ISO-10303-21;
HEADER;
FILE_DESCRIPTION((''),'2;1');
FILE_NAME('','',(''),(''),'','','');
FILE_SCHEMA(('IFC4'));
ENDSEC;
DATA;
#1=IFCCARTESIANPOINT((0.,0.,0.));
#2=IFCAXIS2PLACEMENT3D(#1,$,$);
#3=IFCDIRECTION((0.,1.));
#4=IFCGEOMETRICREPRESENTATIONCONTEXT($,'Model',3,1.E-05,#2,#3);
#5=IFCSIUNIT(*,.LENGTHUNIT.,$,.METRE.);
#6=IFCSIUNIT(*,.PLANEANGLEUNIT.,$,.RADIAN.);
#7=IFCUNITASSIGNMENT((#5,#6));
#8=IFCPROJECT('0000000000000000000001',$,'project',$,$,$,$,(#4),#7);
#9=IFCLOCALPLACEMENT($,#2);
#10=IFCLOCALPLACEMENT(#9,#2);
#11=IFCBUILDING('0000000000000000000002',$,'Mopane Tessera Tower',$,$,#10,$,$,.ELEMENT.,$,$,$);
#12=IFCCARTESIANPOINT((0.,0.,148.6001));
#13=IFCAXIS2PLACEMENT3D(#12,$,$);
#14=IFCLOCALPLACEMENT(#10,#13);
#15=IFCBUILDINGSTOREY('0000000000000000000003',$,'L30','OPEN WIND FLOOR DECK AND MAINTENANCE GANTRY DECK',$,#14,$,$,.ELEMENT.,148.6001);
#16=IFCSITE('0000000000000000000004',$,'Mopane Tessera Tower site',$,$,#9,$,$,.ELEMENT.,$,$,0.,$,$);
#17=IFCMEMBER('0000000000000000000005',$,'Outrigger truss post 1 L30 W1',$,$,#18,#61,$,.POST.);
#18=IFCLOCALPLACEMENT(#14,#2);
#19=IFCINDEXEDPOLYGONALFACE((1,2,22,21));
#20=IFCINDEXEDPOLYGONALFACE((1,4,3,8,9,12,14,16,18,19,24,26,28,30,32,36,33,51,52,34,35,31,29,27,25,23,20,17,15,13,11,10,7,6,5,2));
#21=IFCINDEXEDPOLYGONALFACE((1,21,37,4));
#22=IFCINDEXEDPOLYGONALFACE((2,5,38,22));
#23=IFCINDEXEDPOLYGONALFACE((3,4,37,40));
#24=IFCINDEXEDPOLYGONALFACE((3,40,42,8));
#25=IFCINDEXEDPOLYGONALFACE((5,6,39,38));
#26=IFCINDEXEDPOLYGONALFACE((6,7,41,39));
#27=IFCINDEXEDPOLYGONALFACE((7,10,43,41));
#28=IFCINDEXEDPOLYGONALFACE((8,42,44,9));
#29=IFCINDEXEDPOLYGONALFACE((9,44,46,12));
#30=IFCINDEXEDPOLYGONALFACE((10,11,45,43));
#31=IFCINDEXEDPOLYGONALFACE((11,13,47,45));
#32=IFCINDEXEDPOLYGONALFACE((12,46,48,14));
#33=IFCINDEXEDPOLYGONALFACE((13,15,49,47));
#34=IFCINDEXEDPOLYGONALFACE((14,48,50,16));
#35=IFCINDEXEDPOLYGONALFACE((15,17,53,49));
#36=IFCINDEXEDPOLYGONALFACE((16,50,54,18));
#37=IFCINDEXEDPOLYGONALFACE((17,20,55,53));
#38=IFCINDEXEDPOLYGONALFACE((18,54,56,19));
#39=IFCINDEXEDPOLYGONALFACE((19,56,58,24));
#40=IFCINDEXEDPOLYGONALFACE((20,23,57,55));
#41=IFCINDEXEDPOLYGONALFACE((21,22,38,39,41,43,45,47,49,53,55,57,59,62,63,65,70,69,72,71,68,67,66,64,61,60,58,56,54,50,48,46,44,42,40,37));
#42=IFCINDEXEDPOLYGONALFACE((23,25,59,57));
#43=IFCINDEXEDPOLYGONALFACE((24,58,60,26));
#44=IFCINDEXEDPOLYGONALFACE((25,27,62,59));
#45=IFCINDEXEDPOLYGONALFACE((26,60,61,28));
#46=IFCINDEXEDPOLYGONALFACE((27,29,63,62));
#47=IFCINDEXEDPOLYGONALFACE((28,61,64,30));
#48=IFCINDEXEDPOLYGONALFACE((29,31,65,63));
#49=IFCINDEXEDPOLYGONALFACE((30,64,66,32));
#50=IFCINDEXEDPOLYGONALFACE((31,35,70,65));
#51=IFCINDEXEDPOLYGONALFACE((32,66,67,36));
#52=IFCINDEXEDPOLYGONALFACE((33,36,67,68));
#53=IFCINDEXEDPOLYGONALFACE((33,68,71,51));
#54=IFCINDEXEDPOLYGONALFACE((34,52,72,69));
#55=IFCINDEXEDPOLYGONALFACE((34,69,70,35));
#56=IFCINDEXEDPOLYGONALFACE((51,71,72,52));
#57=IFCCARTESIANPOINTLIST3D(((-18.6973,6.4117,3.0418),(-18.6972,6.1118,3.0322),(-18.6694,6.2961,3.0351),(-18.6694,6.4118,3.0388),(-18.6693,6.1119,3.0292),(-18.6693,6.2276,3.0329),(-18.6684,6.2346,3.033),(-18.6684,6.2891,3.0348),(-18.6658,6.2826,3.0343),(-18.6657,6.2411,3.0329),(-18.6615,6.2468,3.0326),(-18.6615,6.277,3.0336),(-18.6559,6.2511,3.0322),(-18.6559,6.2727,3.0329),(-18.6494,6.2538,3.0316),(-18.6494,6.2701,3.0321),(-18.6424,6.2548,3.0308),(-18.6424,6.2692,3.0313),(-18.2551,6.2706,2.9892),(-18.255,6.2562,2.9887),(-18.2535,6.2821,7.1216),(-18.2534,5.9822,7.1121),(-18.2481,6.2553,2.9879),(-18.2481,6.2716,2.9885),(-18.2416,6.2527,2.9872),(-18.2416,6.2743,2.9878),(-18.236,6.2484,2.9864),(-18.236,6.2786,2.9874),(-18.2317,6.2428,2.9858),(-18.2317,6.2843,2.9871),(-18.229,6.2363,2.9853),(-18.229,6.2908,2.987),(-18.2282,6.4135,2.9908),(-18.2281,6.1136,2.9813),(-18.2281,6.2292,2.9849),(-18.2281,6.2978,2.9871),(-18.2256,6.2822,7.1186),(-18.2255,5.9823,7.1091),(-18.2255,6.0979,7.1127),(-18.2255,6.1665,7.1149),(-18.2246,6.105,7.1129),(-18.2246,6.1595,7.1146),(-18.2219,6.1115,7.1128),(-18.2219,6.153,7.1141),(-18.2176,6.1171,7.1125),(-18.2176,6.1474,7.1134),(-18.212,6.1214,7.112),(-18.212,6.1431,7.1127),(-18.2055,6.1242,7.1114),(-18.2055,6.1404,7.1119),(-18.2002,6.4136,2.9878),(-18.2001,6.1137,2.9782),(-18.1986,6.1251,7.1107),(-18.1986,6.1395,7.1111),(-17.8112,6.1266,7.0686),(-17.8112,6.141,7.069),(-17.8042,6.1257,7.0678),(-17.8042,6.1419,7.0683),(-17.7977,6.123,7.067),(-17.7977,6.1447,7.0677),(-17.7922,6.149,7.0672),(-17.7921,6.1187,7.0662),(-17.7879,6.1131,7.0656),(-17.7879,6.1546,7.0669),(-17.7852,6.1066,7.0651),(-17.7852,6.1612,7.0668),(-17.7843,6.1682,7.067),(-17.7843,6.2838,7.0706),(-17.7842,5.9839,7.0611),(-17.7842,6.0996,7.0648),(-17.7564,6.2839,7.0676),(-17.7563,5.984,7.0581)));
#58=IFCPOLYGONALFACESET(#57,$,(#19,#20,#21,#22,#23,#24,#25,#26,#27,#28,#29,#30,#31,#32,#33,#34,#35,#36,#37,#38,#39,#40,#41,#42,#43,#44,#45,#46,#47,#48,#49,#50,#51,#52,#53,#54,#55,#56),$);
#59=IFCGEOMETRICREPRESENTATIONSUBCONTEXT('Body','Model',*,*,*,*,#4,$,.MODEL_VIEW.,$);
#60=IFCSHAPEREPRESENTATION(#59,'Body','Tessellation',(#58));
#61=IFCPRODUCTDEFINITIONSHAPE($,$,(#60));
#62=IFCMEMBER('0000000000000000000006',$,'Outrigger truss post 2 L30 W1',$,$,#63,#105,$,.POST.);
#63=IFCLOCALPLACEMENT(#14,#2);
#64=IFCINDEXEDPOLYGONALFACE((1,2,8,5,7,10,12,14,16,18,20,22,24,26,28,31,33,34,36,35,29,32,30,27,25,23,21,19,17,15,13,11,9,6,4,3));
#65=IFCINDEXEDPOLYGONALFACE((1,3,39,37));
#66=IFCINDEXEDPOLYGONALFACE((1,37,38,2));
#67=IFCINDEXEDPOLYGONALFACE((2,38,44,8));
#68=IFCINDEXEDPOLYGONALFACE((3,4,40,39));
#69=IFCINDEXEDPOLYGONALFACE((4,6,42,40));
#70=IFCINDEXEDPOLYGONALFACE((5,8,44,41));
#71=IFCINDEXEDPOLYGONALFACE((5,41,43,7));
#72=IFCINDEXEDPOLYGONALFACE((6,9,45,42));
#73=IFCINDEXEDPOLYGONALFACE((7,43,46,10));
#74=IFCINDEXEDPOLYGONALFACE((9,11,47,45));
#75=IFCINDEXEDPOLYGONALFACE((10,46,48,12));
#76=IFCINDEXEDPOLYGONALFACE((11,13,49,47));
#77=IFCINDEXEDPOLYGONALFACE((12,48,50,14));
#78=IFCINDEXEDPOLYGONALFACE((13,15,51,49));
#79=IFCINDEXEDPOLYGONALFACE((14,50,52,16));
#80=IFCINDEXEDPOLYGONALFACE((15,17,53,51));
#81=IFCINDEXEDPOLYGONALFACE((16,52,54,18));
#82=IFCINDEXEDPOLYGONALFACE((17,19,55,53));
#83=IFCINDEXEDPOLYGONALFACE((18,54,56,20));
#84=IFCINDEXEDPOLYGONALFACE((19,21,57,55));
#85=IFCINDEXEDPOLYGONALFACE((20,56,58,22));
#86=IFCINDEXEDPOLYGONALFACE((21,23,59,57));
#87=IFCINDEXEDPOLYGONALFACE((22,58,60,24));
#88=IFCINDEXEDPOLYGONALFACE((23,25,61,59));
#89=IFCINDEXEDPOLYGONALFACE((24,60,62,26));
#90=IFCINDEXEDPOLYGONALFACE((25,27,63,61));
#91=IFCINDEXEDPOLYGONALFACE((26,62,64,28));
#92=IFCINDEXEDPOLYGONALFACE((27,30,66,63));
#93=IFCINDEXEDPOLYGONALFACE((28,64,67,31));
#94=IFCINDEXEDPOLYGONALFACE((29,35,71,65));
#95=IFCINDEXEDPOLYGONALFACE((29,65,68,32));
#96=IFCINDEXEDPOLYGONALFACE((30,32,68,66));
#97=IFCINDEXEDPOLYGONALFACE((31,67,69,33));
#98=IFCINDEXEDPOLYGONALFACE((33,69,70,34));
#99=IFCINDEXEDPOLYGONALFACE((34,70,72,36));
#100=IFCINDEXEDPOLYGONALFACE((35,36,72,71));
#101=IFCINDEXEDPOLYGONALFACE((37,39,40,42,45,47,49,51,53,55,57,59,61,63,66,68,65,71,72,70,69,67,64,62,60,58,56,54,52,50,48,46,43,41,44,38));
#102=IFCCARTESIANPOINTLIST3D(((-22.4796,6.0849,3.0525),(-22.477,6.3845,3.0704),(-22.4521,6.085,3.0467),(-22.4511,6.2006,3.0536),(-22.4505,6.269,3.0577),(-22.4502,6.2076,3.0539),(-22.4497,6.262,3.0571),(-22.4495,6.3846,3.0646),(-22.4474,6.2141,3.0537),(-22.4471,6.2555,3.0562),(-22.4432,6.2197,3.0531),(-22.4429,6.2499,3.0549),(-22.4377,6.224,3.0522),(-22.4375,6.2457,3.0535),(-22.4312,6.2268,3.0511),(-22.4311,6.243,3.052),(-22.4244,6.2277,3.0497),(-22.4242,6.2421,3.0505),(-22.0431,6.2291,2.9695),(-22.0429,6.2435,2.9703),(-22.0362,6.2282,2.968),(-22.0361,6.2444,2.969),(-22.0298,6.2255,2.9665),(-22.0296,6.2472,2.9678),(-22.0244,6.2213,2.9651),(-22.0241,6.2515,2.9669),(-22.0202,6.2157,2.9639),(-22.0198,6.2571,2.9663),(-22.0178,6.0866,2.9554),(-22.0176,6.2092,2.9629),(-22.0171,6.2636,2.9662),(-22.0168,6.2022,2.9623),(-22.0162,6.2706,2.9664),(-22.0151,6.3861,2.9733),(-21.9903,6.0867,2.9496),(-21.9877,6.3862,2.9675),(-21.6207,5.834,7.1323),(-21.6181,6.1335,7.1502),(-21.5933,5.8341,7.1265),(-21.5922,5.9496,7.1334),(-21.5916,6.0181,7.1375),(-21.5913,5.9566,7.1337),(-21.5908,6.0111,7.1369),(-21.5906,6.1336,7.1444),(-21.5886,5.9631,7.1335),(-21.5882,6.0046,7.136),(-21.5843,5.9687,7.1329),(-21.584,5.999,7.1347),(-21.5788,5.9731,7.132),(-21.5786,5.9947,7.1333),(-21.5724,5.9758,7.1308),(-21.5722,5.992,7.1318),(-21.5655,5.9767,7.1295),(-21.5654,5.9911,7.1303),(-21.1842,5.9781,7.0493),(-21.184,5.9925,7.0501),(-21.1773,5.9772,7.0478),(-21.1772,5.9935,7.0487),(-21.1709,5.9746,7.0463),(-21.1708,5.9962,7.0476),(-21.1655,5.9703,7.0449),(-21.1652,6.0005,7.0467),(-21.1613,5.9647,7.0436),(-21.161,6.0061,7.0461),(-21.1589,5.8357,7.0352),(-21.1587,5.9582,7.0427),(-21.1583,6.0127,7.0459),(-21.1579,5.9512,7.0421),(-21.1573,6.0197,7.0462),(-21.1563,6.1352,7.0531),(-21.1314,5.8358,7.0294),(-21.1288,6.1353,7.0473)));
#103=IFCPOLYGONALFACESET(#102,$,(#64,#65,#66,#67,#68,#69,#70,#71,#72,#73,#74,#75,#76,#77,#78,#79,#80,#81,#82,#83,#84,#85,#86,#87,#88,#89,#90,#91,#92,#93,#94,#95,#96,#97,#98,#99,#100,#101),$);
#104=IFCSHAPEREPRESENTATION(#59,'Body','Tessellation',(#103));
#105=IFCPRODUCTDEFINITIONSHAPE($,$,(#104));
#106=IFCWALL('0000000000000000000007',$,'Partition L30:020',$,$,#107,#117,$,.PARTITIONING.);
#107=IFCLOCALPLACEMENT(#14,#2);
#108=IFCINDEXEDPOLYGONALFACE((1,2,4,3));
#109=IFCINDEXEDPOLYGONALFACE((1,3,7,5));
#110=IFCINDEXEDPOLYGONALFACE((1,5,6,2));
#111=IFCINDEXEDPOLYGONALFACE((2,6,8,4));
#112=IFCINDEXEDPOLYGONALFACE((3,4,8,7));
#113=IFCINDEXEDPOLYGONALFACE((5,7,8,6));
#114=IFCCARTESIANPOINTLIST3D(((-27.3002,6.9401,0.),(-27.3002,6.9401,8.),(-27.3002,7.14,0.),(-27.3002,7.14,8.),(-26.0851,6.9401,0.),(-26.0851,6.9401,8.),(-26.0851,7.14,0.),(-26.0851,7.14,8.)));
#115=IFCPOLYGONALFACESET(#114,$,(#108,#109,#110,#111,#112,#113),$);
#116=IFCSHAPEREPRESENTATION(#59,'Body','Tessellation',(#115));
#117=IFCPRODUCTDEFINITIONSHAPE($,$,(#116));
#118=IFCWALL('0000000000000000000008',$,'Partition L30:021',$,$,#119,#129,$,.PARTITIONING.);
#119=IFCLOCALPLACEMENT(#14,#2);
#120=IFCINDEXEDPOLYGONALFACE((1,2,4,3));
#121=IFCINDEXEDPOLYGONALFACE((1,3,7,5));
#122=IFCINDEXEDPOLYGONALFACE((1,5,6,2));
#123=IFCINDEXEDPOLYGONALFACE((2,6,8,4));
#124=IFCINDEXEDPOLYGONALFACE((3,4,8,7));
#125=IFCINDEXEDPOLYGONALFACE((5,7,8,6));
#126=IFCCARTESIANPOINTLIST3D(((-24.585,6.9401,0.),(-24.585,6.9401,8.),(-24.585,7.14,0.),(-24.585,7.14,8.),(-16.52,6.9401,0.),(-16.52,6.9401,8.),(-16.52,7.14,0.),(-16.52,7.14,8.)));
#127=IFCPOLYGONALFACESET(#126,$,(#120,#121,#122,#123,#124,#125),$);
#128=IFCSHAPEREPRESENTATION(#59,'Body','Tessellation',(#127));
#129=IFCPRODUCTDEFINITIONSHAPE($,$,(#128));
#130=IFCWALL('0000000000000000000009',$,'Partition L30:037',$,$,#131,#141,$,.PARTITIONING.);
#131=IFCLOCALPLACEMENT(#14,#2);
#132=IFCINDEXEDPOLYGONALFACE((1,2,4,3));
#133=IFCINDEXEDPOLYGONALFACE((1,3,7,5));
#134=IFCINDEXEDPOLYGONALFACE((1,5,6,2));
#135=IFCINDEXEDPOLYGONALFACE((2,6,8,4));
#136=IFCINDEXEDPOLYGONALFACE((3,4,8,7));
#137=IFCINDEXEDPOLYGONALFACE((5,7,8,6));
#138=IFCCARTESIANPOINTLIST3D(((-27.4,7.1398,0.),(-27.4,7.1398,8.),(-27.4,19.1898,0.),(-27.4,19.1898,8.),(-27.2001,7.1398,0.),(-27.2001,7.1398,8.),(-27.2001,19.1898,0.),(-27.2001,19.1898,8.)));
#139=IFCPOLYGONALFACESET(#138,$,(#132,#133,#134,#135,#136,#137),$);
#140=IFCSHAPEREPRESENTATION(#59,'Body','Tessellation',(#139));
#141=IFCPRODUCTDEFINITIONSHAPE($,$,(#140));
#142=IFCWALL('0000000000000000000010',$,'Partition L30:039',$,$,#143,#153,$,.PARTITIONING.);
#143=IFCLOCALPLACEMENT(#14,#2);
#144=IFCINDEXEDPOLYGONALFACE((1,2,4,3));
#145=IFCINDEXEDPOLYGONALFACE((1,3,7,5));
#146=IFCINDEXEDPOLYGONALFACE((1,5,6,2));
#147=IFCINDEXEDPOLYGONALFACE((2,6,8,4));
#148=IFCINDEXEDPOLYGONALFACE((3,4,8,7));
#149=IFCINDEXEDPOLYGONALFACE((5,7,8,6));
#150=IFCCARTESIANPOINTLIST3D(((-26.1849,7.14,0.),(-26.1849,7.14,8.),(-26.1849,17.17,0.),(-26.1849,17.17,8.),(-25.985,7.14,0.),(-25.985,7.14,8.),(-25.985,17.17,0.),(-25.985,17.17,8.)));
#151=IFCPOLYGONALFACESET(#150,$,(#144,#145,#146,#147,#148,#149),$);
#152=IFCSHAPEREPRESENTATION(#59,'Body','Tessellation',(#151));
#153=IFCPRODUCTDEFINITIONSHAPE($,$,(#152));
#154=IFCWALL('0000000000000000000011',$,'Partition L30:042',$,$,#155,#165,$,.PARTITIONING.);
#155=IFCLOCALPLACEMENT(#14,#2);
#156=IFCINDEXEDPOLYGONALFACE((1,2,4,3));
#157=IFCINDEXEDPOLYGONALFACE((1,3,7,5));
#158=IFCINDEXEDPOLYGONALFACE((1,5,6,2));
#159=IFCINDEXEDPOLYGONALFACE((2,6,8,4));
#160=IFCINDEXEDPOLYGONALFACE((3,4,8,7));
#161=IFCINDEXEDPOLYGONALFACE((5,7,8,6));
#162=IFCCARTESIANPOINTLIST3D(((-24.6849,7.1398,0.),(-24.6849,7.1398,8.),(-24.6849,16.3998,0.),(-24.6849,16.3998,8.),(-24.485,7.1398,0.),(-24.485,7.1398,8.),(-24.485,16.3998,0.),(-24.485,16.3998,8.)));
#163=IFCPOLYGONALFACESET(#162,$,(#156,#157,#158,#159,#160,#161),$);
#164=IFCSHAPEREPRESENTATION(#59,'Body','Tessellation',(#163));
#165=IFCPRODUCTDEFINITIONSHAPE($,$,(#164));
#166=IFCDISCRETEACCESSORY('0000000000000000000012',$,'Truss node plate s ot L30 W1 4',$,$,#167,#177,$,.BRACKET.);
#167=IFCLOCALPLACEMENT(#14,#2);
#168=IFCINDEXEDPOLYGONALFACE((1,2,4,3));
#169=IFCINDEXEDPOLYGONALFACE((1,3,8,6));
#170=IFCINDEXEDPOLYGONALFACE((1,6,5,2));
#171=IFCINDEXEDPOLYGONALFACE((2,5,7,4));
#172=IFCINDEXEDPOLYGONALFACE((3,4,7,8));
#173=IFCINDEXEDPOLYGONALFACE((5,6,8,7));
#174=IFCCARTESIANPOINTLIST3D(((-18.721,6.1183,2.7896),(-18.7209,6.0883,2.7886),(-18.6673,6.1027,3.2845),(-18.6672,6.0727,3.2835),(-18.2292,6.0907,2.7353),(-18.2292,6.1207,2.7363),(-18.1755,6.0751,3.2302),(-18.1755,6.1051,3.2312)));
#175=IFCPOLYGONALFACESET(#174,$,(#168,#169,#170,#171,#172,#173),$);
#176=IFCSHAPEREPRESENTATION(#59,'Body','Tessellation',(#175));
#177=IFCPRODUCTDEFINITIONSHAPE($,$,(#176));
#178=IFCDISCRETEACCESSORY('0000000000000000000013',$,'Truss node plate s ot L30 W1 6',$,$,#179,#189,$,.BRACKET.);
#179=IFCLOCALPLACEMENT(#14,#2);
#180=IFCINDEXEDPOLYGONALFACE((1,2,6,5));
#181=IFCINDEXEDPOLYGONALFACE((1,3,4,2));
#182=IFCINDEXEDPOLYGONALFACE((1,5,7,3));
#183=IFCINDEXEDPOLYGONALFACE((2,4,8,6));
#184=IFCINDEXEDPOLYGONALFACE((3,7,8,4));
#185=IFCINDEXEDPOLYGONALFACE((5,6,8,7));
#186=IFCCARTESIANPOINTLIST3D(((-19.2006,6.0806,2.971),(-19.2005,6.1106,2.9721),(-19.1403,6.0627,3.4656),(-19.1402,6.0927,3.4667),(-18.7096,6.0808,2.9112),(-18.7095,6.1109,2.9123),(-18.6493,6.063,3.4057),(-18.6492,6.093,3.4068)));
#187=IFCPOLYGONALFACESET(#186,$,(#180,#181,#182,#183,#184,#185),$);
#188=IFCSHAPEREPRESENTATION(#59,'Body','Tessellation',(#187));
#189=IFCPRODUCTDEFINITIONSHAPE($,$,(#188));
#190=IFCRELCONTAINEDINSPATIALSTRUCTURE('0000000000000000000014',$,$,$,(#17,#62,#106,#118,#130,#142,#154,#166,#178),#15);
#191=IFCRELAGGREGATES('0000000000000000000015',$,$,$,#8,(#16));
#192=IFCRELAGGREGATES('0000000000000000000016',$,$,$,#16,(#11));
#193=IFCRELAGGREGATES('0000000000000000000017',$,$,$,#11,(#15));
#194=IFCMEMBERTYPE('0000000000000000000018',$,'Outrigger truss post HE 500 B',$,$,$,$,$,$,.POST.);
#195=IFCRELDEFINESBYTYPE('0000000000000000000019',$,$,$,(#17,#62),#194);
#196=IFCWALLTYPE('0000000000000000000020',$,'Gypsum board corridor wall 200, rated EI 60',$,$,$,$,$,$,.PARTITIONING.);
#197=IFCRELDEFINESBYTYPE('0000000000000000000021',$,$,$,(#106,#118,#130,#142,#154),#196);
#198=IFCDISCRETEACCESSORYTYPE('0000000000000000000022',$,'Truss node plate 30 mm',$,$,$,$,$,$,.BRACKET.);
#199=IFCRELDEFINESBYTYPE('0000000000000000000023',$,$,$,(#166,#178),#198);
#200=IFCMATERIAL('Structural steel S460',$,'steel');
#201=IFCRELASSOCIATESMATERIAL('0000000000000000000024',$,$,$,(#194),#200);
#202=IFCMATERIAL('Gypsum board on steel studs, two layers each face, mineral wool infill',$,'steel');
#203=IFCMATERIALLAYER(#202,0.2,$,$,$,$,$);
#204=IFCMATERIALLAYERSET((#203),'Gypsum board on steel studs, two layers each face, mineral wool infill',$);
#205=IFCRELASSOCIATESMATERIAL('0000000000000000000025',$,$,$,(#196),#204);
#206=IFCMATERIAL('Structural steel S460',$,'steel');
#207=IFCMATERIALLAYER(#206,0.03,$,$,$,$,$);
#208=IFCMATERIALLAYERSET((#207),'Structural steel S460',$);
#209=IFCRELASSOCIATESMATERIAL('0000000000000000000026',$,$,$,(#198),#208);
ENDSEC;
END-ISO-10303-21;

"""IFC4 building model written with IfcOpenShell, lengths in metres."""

from ifc_helpers import new_model, si_unit, direction, frame, frame_2d, origin, origin_2d, place, context, subcontext, project, spatial, rectangle, i_section, extrude, material, layer, layer_set, material_profile, profile_set, type_object, element, save


model = new_model("IFC4")

# Units and contexts
model_context = context("Model", 3, precision=1e-05, world=origin(), true_north=direction((0.0, 1.0)))
body_context = subcontext(model_context, "Body", "Model", "MODEL_VIEW")
ifc_project = project(units=[si_unit("LENGTHUNIT", "METRE"), si_unit("PLANEANGLEUNIT", "RADIAN")], contexts=[model_context])

# Site, building, storey
site_placement = place(None, origin())
site = spatial("IfcSite", under=ifc_project, at=site_placement, Name="Mopane Tessera Tower site", CompositionType="ELEMENT", RefElevation=0.0)
building_placement = place(site_placement, origin())
building = spatial("IfcBuilding", under=site, at=building_placement, Name="Mopane Tessera Tower", CompositionType="ELEMENT")
storey_placement = place(building_placement, frame((0.0, 0.0, 148.6001)))
storey = spatial("IfcBuildingStorey", under=building, at=storey_placement, Name="L30", Description="OPEN WIND FLOOR DECK AND MAINTENANCE GANTRY DECK", CompositionType="ELEMENT", Elevation=148.6001)

# Members
ifc_material_1 = material(Name="Structural steel S460", Category="steel")
ifc_material_profile_1 = material_profile(ifc_material_1, i_section(OverallWidth=0.3, OverallDepth=0.5, WebThickness=0.0144, FlangeThickness=0.0281, FilletRadius=0.0271, at=origin_2d()))
ifc_profile_set_1 = profile_set([ifc_material_profile_1], Name="Structural steel S460")
member_type_1 = type_object("IfcMemberType", Name="Outrigger truss post HE 500 B", PredefinedType="POST", material=ifc_profile_set_1)
member_1_placement = place(storey_placement, frame((-18.4487, 6.2627, 3.01), z_axis=(0.108099, -0.031573, 0.993639), x_axis=(0.000332, -0.999494, -0.031795)))
element("IfcMember", 1, at=member_1_placement, inside=storey, type_object=member_type_1, Name="Outrigger truss post 1 L30 W1", PredefinedType="POST", context=body_context, shape_type="SweptSolid", body=[
    extrude(i_section(OverallWidth=0.3, OverallDepth=0.5, WebThickness=0.0144, FlangeThickness=0.0281, FilletRadius=0.0271, at=origin_2d()), origin(), (0.0, 0.0, 1.0), 4.106),
])
member_2_placement = place(storey_placement, frame((-22.2336, 6.2356, 3.01), z_axis=(0.205632, -0.060088, 0.976783), x_axis=(-0.008858, -0.998187, -0.05954)))
element("IfcMember", 2, at=member_2_placement, inside=storey, type_object=member_type_1, Name="Outrigger truss post 2 L30 W1", PredefinedType="POST", context=body_context, shape_type="SweptSolid", body=[
    extrude(i_section(OverallWidth=0.3, OverallDepth=0.5, WebThickness=0.0144, FlangeThickness=0.0281, FilletRadius=0.0271, at=origin_2d()), origin(), (0.0, 0.0, 1.0), 4.1768),
])

# Walls
ifc_material_2 = material(Name="Gypsum board on steel studs, two layers each face, mineral wool infill", Category="steel")
ifc_layer_1 = layer(ifc_material_2, 0.2)
ifc_layer_set_1 = layer_set([ifc_layer_1], Name="Gypsum board on steel studs, two layers each face, mineral wool infill")
wall_type = type_object("IfcWallType", Name="Gypsum board corridor wall 200, rated EI 60", PredefinedType="PARTITIONING", material=ifc_layer_set_1)
wall_1_placement = place(storey_placement, frame((-27.3, 7.04, 0.0), z_axis=(0.0, 0.0, 1.0), x_axis=(1.0, 0.0, 0.0)))
element("IfcWall", 3, at=wall_1_placement, inside=storey, type_object=wall_type, Name="Partition L30:020", PredefinedType="PARTITIONING", context=body_context, shape_type="SweptSolid", body=[
    extrude(rectangle(XDim=1.2151, YDim=0.2, at=frame_2d((0.6074, 0.0))), origin(), (0.0, 0.0, 1.0), 8.0),
])
wall_2_placement = place(storey_placement, frame((-24.585, 7.04, 0.0), z_axis=(0.0, 0.0, 1.0), x_axis=(1.0, 0.0, 0.0)))
element("IfcWall", 4, at=wall_2_placement, inside=storey, type_object=wall_type, Name="Partition L30:021", PredefinedType="PARTITIONING", context=body_context, shape_type="SweptSolid", body=[
    extrude(rectangle(XDim=8.0649, YDim=0.2, at=frame_2d((4.0325, 0.0))), origin(), (0.0, 0.0, 1.0), 8.0),
])
wall_3_placement = place(storey_placement, frame((-27.3, 7.1399, 0.0), z_axis=(0.0, 0.0, 1.0), x_axis=(0.0, 1.0, 0.0)))
element("IfcWall", 5, at=wall_3_placement, inside=storey, type_object=wall_type, Name="Partition L30:037", PredefinedType="PARTITIONING", context=body_context, shape_type="SweptSolid", body=[
    extrude(rectangle(XDim=12.05, YDim=0.2, at=frame_2d((6.0249, 0.0))), origin(), (0.0, 0.0, 1.0), 8.0),
])
wall_4_placement = place(storey_placement, frame((-26.085, 7.1399, 0.0), z_axis=(0.0, 0.0, 1.0), x_axis=(0.0, 1.0, 0.0)))
element("IfcWall", 6, at=wall_4_placement, inside=storey, type_object=wall_type, Name="Partition L30:039", PredefinedType="PARTITIONING", context=body_context, shape_type="SweptSolid", body=[
    extrude(rectangle(XDim=10.03, YDim=0.2, at=frame_2d((5.0151, 0.0))), origin(), (0.0, 0.0, 1.0), 8.0),
])
wall_5_placement = place(storey_placement, frame((-24.585, 7.1399, 0.0), z_axis=(0.0, 0.0, 1.0), x_axis=(0.0, 1.0, 0.0)))
element("IfcWall", 7, at=wall_5_placement, inside=storey, type_object=wall_type, Name="Partition L30:042", PredefinedType="PARTITIONING", context=body_context, shape_type="SweptSolid", body=[
    extrude(rectangle(XDim=9.26, YDim=0.2, at=frame_2d((4.6299, 0.0))), origin(), (0.0, 0.0, 1.0), 8.0),
])

# Discrete accessories
ifc_material_3 = material(Name="Structural steel S460", Category="steel")
ifc_layer_2 = layer(ifc_material_3, 0.03)
ifc_layer_set_2 = layer_set([ifc_layer_2], Name="Structural steel S460")
discrete_accessory_type = type_object("IfcDiscreteAccessoryType", Name="Truss node plate 30 mm", PredefinedType="BRACKET", material=ifc_layer_set_2)
discrete_accessory_1_placement = place(storey_placement, frame((-18.4751, 6.1045, 2.7625), z_axis=(0.107848, -0.031374, 0.993672), x_axis=(0.001419, -0.999496, -0.031712)))
element("IfcDiscreteAccessory", 8, at=discrete_accessory_1_placement, inside=storey, type_object=discrete_accessory_type, Name="Truss node plate s ot L30 W1 4", PredefinedType="BRACKET", context=body_context, shape_type="SweptSolid", body=[
    extrude(rectangle(XDim=0.03, YDim=0.4946, at=origin_2d()), origin(), (0.0, 0.0, 1.0), 0.498),
])
discrete_accessory_2_placement = place(storey_placement, frame((-18.9551, 6.0957, 2.9417), z_axis=(0.120942, -0.035744, 0.992016), x_axis=(-0.003743, -0.999361, -0.035552)))
element("IfcDiscreteAccessory", 9, at=discrete_accessory_2_placement, inside=storey, type_object=discrete_accessory_type, Name="Truss node plate s ot L30 W1 6", PredefinedType="BRACKET", context=body_context, shape_type="SweptSolid", body=[
    extrude(rectangle(XDim=0.03, YDim=0.4946, at=origin_2d()), origin(), (0.0, 0.0, 1.0), 0.4985),
])

save(model, "model.ifc")
